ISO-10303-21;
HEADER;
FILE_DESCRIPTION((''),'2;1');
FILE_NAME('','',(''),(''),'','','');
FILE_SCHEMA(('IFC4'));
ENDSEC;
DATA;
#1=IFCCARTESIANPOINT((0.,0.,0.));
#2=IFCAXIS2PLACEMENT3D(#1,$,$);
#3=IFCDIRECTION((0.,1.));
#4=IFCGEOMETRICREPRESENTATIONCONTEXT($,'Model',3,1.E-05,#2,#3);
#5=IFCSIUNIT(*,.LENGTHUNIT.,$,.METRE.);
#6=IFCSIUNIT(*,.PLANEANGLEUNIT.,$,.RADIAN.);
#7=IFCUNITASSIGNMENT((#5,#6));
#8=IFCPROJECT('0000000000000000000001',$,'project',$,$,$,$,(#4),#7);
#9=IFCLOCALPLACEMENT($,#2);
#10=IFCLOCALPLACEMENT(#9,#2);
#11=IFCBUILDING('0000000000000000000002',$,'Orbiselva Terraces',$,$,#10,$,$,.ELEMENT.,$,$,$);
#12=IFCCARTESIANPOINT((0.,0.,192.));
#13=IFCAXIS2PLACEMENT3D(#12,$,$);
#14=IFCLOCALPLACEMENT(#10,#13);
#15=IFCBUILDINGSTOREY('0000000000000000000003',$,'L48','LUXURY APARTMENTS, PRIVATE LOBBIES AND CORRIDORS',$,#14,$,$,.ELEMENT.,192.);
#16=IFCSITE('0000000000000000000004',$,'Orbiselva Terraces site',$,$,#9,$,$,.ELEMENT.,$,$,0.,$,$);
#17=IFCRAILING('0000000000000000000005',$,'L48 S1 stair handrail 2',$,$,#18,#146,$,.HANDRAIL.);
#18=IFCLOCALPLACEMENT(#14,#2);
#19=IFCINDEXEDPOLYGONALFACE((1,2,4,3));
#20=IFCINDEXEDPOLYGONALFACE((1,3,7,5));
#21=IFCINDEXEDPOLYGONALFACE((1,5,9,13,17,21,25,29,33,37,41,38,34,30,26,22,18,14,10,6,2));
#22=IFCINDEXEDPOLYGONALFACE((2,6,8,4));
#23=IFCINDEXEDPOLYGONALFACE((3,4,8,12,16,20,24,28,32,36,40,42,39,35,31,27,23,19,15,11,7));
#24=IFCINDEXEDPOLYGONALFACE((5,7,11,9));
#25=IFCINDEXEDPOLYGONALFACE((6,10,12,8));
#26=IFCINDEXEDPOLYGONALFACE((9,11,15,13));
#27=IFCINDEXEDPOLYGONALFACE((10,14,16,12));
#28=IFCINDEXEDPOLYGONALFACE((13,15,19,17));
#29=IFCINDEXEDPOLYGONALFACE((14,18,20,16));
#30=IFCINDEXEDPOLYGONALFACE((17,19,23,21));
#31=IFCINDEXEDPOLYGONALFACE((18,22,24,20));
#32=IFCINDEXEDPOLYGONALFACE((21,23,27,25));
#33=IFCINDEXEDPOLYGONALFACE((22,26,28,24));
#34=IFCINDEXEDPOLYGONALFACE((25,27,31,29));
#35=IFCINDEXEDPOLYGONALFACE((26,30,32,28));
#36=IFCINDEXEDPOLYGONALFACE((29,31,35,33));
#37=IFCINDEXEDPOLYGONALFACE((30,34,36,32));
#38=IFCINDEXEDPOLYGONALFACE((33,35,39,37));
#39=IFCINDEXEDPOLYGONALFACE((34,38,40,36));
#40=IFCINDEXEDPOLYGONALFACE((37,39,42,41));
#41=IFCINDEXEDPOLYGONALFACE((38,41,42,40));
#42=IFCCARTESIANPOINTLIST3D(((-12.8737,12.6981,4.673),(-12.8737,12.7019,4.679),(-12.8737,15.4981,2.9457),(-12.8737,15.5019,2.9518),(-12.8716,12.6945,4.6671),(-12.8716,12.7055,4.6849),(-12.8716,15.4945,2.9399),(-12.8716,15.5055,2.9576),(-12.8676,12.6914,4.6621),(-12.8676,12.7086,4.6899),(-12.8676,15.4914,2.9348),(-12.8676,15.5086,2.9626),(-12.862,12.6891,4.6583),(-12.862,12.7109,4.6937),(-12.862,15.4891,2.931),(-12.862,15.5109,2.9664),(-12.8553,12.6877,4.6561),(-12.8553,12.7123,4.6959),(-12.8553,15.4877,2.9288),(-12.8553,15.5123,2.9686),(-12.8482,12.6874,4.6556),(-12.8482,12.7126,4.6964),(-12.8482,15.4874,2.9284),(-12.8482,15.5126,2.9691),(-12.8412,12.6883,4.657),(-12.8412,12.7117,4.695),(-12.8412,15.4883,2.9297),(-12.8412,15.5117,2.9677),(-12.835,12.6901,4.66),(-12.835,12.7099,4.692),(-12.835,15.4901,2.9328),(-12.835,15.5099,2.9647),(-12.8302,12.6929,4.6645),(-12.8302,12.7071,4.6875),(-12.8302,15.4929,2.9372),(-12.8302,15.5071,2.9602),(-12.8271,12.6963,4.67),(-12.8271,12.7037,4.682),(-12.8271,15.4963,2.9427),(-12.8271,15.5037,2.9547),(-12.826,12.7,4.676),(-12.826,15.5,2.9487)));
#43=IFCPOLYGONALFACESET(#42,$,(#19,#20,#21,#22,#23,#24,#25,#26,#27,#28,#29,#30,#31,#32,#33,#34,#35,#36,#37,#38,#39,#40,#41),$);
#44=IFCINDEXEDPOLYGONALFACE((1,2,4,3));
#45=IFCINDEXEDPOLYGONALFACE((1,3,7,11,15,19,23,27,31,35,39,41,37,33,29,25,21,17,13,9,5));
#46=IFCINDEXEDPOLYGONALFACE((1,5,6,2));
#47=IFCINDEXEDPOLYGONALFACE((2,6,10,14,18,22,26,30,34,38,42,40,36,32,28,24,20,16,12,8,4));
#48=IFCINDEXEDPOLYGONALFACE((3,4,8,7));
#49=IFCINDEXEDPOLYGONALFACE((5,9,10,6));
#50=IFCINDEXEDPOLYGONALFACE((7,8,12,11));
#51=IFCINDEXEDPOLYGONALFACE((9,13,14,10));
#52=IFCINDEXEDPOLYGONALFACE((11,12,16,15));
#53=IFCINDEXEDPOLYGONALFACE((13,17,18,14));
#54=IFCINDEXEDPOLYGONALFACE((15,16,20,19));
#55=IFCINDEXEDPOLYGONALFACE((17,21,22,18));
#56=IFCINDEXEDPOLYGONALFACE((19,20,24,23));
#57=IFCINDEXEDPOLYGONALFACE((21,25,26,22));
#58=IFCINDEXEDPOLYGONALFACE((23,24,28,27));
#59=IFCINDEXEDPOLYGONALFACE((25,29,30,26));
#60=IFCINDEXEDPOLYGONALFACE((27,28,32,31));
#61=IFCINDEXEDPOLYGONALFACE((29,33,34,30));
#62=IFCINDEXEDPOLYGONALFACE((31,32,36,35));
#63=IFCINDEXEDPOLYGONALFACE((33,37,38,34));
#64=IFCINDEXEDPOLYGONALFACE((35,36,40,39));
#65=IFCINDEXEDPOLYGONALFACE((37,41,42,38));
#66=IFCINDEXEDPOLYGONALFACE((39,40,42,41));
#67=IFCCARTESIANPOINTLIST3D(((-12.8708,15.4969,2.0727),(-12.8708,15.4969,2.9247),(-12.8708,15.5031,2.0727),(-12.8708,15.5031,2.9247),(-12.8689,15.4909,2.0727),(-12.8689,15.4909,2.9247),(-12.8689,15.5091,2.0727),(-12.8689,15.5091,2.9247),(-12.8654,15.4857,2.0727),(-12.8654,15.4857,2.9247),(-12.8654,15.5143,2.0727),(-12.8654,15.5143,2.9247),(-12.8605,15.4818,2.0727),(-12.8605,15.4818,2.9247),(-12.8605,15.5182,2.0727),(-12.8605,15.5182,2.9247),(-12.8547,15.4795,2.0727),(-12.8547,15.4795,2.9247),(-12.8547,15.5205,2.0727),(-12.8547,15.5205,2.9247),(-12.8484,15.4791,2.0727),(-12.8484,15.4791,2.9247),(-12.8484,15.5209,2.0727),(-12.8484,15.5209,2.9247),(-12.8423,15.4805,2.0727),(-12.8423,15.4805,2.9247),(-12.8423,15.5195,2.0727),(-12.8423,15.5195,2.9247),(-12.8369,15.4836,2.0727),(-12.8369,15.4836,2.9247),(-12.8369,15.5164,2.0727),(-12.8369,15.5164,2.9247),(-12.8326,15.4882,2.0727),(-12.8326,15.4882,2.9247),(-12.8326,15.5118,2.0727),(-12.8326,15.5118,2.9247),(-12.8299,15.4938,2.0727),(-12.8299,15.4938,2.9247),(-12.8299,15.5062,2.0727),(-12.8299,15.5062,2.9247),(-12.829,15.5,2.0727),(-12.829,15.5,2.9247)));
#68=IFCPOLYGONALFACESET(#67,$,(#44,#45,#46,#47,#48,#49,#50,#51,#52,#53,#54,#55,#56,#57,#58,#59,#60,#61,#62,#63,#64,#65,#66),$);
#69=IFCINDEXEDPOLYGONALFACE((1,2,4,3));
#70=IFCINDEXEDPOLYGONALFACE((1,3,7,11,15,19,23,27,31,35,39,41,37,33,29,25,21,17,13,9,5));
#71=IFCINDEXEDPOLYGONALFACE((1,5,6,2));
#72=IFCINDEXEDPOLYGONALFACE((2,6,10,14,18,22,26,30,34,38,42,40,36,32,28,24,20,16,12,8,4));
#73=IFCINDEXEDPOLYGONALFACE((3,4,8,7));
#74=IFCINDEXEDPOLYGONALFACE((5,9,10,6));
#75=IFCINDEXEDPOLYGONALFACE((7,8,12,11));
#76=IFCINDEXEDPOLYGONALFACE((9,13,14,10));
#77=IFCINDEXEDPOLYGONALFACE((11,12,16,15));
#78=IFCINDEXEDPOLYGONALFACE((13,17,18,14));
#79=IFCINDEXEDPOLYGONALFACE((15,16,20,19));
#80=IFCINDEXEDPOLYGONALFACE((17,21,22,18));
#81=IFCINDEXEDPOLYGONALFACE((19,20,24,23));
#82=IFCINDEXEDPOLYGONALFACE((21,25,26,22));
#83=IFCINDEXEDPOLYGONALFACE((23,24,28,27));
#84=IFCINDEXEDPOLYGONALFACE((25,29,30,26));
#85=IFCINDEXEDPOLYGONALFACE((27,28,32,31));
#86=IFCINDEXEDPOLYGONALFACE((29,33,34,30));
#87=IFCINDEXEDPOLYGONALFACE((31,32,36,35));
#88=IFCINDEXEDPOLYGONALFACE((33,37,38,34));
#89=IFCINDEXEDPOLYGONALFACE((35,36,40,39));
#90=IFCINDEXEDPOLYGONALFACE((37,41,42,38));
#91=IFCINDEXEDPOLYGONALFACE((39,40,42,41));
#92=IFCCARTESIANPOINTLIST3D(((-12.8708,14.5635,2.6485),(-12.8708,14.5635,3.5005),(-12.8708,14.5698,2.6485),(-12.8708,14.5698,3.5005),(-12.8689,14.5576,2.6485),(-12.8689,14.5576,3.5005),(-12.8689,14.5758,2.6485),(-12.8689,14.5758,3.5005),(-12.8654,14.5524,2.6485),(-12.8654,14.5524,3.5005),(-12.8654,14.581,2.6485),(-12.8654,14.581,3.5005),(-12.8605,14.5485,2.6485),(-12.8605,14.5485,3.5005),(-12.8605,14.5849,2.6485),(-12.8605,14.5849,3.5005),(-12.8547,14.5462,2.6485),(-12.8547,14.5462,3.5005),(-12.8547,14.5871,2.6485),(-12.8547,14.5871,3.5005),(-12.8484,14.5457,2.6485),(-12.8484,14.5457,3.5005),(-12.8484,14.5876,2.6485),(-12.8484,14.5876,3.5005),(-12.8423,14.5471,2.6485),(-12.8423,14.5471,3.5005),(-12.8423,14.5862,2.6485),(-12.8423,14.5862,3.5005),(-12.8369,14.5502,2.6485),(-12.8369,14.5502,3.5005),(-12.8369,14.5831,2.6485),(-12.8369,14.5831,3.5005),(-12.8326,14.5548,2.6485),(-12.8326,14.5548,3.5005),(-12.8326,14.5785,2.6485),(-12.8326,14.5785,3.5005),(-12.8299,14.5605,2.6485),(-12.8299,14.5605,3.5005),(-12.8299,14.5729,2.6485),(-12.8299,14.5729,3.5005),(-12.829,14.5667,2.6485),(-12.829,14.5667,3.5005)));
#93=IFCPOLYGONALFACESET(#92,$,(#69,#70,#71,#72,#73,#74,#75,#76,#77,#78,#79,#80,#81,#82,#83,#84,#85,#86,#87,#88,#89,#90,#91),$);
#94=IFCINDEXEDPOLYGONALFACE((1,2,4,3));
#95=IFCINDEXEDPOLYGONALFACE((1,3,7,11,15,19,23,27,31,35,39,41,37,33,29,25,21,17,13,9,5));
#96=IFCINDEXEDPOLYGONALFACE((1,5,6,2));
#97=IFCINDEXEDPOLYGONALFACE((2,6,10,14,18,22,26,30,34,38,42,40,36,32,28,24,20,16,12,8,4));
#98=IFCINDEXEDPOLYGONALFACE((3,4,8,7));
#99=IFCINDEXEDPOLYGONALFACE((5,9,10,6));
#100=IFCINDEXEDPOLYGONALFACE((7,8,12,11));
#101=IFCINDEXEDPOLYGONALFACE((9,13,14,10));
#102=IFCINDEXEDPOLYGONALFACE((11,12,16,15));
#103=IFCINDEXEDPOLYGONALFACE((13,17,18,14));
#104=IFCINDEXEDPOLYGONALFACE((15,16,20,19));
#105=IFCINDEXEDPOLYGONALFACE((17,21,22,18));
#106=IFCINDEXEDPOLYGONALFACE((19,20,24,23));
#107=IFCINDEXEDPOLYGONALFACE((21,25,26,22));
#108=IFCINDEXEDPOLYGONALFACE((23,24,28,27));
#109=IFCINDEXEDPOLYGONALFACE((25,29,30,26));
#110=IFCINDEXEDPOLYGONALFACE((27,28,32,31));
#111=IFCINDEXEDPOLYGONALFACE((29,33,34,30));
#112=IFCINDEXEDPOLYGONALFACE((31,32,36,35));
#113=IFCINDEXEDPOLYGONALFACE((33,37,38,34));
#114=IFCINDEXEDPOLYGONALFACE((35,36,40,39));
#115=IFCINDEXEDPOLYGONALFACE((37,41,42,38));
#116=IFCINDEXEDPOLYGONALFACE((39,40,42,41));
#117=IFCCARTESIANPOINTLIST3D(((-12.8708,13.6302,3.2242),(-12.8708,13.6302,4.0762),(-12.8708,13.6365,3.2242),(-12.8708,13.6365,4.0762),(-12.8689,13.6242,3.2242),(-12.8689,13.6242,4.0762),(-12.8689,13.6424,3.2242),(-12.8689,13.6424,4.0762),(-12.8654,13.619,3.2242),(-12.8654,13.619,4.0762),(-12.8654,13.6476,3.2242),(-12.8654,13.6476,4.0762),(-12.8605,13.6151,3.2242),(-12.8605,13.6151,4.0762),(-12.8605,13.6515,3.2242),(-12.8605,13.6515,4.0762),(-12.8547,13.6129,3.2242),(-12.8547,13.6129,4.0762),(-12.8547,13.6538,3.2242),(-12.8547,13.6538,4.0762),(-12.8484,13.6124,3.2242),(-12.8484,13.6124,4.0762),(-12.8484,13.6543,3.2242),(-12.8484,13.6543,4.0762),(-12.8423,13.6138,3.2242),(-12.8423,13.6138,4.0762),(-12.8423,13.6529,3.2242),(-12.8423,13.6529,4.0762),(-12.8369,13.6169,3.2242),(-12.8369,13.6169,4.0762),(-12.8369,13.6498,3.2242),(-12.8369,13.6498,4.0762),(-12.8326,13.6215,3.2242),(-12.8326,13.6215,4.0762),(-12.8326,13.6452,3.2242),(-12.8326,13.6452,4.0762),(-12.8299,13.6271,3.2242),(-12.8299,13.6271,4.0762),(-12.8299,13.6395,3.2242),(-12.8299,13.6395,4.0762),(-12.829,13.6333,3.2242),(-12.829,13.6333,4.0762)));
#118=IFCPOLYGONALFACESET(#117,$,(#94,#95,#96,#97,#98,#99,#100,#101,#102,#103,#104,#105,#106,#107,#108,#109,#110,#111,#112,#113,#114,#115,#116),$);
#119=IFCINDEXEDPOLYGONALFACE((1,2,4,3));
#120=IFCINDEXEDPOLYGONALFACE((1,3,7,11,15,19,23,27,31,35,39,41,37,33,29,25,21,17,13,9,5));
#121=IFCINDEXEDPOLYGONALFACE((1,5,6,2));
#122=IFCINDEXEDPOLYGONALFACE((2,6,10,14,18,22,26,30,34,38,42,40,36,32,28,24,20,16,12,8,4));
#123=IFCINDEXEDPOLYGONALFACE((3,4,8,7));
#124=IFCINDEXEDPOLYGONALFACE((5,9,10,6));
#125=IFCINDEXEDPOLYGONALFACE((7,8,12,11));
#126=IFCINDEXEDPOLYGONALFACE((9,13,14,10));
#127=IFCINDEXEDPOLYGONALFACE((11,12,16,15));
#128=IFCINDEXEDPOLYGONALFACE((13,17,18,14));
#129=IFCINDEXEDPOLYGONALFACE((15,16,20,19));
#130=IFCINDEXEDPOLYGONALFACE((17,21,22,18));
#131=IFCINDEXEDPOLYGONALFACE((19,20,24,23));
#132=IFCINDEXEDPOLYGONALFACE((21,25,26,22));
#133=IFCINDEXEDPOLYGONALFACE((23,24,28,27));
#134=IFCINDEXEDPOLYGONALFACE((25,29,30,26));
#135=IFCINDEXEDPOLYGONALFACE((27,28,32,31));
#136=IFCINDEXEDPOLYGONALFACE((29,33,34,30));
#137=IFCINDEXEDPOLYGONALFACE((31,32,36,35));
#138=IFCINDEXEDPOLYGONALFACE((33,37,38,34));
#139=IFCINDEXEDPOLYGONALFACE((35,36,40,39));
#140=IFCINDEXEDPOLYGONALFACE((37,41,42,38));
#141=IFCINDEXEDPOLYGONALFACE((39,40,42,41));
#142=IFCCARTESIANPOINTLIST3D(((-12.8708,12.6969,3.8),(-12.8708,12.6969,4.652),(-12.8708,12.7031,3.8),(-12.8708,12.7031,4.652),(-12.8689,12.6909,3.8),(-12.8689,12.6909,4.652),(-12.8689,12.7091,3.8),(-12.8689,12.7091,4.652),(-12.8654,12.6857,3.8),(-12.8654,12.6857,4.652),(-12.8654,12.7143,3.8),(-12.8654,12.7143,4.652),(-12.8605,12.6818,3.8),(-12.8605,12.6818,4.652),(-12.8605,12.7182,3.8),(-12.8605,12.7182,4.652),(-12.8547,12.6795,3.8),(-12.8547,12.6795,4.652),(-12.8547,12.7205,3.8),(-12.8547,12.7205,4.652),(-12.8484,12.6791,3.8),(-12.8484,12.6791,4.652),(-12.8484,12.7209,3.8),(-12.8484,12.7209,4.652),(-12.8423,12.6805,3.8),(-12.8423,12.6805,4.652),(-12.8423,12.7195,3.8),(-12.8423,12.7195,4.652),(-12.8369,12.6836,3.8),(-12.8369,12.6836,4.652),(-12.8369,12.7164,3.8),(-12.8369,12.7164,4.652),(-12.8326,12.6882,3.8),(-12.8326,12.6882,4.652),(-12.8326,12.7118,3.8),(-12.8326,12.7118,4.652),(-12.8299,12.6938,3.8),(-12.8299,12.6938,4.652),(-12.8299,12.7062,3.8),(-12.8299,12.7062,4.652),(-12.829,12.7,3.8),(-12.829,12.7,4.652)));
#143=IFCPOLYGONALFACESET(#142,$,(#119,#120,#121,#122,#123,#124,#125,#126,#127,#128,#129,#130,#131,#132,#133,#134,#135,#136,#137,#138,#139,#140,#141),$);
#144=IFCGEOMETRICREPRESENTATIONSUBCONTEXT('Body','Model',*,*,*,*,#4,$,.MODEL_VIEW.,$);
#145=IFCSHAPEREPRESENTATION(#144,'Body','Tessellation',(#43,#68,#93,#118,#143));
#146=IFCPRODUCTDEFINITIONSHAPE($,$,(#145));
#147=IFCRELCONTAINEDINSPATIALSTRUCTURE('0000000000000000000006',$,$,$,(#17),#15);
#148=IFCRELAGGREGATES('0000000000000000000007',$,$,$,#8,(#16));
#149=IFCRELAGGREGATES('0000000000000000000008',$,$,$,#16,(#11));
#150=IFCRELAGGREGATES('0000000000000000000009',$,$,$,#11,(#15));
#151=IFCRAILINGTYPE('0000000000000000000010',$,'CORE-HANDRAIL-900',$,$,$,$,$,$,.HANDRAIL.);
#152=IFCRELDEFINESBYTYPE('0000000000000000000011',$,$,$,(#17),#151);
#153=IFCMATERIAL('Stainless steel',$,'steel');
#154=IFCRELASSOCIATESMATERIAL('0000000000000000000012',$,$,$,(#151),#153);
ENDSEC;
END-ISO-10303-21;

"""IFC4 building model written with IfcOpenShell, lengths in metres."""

from ifc_helpers import new_model, si_unit, direction, frame, origin, origin_2d, place, context, subcontext, project, spatial, circle, extrude, material, type_object, element, save


model = new_model("IFC4")

# Units and contexts
model_context = context("Model", 3, precision=1e-05, world=origin(), true_north=direction((0.0, 1.0)))
body_context = subcontext(model_context, "Body", "Model", "MODEL_VIEW")
ifc_project = project(units=[si_unit("LENGTHUNIT", "METRE"), si_unit("PLANEANGLEUNIT", "RADIAN")], contexts=[model_context])

# Site, building, storey
site_placement = place(None, origin())
site = spatial("IfcSite", under=ifc_project, at=site_placement, Name="Orbiselva Terraces site", CompositionType="ELEMENT", RefElevation=0.0)
building_placement = place(site_placement, origin())
building = spatial("IfcBuilding", under=site, at=building_placement, Name="Orbiselva Terraces", CompositionType="ELEMENT")
storey_placement = place(building_placement, frame((0.0, 0.0, 192.0)))
storey = spatial("IfcBuildingStorey", under=building, at=storey_placement, Name="L48", Description="LUXURY APARTMENTS, PRIVATE LOBBIES AND CORRIDORS", CompositionType="ELEMENT", Elevation=192.0)

# Railing
ifc_material_1 = material(Name="Stainless steel", Category="steel")
railing_type_1 = type_object("IfcRailingType", Name="CORE-HANDRAIL-900", PredefinedType="HANDRAIL", material=ifc_material_1)
railing_1_placement = place(storey_placement, frame((-12.85, 15.5, 2.0727)))
element("IfcRailing", 1, at=railing_1_placement, inside=storey, type_object=railing_type_1, Name="L48 S1 stair handrail 2", PredefinedType="HANDRAIL", context=body_context, shape_type="SweptSolid", body=[
    extrude(circle(Radius=0.024, at=origin_2d()), frame((0.0, 0.0, 0.876), z_axis=(0.0, -0.851089, 0.525022), x_axis=(1.0, 0.0, 0.0)), (0.0, 0.0, 1.0), 3.2899),
    extrude(circle(Radius=0.021, at=origin_2d()), origin(), (0.0, 0.0, 1.0), 0.852),
    extrude(circle(Radius=0.021, at=origin_2d()), frame((0.0, -0.9333, 0.5758)), (0.0, 0.0, 1.0), 0.852),
    extrude(circle(Radius=0.021, at=origin_2d()), frame((0.0, -1.8667, 1.1515)), (0.0, 0.0, 1.0), 0.852),
    extrude(circle(Radius=0.021, at=origin_2d()), frame((0.0, -2.8, 1.7273)), (0.0, 0.0, 1.0), 0.852),
])

save(model, "model.ifc")
